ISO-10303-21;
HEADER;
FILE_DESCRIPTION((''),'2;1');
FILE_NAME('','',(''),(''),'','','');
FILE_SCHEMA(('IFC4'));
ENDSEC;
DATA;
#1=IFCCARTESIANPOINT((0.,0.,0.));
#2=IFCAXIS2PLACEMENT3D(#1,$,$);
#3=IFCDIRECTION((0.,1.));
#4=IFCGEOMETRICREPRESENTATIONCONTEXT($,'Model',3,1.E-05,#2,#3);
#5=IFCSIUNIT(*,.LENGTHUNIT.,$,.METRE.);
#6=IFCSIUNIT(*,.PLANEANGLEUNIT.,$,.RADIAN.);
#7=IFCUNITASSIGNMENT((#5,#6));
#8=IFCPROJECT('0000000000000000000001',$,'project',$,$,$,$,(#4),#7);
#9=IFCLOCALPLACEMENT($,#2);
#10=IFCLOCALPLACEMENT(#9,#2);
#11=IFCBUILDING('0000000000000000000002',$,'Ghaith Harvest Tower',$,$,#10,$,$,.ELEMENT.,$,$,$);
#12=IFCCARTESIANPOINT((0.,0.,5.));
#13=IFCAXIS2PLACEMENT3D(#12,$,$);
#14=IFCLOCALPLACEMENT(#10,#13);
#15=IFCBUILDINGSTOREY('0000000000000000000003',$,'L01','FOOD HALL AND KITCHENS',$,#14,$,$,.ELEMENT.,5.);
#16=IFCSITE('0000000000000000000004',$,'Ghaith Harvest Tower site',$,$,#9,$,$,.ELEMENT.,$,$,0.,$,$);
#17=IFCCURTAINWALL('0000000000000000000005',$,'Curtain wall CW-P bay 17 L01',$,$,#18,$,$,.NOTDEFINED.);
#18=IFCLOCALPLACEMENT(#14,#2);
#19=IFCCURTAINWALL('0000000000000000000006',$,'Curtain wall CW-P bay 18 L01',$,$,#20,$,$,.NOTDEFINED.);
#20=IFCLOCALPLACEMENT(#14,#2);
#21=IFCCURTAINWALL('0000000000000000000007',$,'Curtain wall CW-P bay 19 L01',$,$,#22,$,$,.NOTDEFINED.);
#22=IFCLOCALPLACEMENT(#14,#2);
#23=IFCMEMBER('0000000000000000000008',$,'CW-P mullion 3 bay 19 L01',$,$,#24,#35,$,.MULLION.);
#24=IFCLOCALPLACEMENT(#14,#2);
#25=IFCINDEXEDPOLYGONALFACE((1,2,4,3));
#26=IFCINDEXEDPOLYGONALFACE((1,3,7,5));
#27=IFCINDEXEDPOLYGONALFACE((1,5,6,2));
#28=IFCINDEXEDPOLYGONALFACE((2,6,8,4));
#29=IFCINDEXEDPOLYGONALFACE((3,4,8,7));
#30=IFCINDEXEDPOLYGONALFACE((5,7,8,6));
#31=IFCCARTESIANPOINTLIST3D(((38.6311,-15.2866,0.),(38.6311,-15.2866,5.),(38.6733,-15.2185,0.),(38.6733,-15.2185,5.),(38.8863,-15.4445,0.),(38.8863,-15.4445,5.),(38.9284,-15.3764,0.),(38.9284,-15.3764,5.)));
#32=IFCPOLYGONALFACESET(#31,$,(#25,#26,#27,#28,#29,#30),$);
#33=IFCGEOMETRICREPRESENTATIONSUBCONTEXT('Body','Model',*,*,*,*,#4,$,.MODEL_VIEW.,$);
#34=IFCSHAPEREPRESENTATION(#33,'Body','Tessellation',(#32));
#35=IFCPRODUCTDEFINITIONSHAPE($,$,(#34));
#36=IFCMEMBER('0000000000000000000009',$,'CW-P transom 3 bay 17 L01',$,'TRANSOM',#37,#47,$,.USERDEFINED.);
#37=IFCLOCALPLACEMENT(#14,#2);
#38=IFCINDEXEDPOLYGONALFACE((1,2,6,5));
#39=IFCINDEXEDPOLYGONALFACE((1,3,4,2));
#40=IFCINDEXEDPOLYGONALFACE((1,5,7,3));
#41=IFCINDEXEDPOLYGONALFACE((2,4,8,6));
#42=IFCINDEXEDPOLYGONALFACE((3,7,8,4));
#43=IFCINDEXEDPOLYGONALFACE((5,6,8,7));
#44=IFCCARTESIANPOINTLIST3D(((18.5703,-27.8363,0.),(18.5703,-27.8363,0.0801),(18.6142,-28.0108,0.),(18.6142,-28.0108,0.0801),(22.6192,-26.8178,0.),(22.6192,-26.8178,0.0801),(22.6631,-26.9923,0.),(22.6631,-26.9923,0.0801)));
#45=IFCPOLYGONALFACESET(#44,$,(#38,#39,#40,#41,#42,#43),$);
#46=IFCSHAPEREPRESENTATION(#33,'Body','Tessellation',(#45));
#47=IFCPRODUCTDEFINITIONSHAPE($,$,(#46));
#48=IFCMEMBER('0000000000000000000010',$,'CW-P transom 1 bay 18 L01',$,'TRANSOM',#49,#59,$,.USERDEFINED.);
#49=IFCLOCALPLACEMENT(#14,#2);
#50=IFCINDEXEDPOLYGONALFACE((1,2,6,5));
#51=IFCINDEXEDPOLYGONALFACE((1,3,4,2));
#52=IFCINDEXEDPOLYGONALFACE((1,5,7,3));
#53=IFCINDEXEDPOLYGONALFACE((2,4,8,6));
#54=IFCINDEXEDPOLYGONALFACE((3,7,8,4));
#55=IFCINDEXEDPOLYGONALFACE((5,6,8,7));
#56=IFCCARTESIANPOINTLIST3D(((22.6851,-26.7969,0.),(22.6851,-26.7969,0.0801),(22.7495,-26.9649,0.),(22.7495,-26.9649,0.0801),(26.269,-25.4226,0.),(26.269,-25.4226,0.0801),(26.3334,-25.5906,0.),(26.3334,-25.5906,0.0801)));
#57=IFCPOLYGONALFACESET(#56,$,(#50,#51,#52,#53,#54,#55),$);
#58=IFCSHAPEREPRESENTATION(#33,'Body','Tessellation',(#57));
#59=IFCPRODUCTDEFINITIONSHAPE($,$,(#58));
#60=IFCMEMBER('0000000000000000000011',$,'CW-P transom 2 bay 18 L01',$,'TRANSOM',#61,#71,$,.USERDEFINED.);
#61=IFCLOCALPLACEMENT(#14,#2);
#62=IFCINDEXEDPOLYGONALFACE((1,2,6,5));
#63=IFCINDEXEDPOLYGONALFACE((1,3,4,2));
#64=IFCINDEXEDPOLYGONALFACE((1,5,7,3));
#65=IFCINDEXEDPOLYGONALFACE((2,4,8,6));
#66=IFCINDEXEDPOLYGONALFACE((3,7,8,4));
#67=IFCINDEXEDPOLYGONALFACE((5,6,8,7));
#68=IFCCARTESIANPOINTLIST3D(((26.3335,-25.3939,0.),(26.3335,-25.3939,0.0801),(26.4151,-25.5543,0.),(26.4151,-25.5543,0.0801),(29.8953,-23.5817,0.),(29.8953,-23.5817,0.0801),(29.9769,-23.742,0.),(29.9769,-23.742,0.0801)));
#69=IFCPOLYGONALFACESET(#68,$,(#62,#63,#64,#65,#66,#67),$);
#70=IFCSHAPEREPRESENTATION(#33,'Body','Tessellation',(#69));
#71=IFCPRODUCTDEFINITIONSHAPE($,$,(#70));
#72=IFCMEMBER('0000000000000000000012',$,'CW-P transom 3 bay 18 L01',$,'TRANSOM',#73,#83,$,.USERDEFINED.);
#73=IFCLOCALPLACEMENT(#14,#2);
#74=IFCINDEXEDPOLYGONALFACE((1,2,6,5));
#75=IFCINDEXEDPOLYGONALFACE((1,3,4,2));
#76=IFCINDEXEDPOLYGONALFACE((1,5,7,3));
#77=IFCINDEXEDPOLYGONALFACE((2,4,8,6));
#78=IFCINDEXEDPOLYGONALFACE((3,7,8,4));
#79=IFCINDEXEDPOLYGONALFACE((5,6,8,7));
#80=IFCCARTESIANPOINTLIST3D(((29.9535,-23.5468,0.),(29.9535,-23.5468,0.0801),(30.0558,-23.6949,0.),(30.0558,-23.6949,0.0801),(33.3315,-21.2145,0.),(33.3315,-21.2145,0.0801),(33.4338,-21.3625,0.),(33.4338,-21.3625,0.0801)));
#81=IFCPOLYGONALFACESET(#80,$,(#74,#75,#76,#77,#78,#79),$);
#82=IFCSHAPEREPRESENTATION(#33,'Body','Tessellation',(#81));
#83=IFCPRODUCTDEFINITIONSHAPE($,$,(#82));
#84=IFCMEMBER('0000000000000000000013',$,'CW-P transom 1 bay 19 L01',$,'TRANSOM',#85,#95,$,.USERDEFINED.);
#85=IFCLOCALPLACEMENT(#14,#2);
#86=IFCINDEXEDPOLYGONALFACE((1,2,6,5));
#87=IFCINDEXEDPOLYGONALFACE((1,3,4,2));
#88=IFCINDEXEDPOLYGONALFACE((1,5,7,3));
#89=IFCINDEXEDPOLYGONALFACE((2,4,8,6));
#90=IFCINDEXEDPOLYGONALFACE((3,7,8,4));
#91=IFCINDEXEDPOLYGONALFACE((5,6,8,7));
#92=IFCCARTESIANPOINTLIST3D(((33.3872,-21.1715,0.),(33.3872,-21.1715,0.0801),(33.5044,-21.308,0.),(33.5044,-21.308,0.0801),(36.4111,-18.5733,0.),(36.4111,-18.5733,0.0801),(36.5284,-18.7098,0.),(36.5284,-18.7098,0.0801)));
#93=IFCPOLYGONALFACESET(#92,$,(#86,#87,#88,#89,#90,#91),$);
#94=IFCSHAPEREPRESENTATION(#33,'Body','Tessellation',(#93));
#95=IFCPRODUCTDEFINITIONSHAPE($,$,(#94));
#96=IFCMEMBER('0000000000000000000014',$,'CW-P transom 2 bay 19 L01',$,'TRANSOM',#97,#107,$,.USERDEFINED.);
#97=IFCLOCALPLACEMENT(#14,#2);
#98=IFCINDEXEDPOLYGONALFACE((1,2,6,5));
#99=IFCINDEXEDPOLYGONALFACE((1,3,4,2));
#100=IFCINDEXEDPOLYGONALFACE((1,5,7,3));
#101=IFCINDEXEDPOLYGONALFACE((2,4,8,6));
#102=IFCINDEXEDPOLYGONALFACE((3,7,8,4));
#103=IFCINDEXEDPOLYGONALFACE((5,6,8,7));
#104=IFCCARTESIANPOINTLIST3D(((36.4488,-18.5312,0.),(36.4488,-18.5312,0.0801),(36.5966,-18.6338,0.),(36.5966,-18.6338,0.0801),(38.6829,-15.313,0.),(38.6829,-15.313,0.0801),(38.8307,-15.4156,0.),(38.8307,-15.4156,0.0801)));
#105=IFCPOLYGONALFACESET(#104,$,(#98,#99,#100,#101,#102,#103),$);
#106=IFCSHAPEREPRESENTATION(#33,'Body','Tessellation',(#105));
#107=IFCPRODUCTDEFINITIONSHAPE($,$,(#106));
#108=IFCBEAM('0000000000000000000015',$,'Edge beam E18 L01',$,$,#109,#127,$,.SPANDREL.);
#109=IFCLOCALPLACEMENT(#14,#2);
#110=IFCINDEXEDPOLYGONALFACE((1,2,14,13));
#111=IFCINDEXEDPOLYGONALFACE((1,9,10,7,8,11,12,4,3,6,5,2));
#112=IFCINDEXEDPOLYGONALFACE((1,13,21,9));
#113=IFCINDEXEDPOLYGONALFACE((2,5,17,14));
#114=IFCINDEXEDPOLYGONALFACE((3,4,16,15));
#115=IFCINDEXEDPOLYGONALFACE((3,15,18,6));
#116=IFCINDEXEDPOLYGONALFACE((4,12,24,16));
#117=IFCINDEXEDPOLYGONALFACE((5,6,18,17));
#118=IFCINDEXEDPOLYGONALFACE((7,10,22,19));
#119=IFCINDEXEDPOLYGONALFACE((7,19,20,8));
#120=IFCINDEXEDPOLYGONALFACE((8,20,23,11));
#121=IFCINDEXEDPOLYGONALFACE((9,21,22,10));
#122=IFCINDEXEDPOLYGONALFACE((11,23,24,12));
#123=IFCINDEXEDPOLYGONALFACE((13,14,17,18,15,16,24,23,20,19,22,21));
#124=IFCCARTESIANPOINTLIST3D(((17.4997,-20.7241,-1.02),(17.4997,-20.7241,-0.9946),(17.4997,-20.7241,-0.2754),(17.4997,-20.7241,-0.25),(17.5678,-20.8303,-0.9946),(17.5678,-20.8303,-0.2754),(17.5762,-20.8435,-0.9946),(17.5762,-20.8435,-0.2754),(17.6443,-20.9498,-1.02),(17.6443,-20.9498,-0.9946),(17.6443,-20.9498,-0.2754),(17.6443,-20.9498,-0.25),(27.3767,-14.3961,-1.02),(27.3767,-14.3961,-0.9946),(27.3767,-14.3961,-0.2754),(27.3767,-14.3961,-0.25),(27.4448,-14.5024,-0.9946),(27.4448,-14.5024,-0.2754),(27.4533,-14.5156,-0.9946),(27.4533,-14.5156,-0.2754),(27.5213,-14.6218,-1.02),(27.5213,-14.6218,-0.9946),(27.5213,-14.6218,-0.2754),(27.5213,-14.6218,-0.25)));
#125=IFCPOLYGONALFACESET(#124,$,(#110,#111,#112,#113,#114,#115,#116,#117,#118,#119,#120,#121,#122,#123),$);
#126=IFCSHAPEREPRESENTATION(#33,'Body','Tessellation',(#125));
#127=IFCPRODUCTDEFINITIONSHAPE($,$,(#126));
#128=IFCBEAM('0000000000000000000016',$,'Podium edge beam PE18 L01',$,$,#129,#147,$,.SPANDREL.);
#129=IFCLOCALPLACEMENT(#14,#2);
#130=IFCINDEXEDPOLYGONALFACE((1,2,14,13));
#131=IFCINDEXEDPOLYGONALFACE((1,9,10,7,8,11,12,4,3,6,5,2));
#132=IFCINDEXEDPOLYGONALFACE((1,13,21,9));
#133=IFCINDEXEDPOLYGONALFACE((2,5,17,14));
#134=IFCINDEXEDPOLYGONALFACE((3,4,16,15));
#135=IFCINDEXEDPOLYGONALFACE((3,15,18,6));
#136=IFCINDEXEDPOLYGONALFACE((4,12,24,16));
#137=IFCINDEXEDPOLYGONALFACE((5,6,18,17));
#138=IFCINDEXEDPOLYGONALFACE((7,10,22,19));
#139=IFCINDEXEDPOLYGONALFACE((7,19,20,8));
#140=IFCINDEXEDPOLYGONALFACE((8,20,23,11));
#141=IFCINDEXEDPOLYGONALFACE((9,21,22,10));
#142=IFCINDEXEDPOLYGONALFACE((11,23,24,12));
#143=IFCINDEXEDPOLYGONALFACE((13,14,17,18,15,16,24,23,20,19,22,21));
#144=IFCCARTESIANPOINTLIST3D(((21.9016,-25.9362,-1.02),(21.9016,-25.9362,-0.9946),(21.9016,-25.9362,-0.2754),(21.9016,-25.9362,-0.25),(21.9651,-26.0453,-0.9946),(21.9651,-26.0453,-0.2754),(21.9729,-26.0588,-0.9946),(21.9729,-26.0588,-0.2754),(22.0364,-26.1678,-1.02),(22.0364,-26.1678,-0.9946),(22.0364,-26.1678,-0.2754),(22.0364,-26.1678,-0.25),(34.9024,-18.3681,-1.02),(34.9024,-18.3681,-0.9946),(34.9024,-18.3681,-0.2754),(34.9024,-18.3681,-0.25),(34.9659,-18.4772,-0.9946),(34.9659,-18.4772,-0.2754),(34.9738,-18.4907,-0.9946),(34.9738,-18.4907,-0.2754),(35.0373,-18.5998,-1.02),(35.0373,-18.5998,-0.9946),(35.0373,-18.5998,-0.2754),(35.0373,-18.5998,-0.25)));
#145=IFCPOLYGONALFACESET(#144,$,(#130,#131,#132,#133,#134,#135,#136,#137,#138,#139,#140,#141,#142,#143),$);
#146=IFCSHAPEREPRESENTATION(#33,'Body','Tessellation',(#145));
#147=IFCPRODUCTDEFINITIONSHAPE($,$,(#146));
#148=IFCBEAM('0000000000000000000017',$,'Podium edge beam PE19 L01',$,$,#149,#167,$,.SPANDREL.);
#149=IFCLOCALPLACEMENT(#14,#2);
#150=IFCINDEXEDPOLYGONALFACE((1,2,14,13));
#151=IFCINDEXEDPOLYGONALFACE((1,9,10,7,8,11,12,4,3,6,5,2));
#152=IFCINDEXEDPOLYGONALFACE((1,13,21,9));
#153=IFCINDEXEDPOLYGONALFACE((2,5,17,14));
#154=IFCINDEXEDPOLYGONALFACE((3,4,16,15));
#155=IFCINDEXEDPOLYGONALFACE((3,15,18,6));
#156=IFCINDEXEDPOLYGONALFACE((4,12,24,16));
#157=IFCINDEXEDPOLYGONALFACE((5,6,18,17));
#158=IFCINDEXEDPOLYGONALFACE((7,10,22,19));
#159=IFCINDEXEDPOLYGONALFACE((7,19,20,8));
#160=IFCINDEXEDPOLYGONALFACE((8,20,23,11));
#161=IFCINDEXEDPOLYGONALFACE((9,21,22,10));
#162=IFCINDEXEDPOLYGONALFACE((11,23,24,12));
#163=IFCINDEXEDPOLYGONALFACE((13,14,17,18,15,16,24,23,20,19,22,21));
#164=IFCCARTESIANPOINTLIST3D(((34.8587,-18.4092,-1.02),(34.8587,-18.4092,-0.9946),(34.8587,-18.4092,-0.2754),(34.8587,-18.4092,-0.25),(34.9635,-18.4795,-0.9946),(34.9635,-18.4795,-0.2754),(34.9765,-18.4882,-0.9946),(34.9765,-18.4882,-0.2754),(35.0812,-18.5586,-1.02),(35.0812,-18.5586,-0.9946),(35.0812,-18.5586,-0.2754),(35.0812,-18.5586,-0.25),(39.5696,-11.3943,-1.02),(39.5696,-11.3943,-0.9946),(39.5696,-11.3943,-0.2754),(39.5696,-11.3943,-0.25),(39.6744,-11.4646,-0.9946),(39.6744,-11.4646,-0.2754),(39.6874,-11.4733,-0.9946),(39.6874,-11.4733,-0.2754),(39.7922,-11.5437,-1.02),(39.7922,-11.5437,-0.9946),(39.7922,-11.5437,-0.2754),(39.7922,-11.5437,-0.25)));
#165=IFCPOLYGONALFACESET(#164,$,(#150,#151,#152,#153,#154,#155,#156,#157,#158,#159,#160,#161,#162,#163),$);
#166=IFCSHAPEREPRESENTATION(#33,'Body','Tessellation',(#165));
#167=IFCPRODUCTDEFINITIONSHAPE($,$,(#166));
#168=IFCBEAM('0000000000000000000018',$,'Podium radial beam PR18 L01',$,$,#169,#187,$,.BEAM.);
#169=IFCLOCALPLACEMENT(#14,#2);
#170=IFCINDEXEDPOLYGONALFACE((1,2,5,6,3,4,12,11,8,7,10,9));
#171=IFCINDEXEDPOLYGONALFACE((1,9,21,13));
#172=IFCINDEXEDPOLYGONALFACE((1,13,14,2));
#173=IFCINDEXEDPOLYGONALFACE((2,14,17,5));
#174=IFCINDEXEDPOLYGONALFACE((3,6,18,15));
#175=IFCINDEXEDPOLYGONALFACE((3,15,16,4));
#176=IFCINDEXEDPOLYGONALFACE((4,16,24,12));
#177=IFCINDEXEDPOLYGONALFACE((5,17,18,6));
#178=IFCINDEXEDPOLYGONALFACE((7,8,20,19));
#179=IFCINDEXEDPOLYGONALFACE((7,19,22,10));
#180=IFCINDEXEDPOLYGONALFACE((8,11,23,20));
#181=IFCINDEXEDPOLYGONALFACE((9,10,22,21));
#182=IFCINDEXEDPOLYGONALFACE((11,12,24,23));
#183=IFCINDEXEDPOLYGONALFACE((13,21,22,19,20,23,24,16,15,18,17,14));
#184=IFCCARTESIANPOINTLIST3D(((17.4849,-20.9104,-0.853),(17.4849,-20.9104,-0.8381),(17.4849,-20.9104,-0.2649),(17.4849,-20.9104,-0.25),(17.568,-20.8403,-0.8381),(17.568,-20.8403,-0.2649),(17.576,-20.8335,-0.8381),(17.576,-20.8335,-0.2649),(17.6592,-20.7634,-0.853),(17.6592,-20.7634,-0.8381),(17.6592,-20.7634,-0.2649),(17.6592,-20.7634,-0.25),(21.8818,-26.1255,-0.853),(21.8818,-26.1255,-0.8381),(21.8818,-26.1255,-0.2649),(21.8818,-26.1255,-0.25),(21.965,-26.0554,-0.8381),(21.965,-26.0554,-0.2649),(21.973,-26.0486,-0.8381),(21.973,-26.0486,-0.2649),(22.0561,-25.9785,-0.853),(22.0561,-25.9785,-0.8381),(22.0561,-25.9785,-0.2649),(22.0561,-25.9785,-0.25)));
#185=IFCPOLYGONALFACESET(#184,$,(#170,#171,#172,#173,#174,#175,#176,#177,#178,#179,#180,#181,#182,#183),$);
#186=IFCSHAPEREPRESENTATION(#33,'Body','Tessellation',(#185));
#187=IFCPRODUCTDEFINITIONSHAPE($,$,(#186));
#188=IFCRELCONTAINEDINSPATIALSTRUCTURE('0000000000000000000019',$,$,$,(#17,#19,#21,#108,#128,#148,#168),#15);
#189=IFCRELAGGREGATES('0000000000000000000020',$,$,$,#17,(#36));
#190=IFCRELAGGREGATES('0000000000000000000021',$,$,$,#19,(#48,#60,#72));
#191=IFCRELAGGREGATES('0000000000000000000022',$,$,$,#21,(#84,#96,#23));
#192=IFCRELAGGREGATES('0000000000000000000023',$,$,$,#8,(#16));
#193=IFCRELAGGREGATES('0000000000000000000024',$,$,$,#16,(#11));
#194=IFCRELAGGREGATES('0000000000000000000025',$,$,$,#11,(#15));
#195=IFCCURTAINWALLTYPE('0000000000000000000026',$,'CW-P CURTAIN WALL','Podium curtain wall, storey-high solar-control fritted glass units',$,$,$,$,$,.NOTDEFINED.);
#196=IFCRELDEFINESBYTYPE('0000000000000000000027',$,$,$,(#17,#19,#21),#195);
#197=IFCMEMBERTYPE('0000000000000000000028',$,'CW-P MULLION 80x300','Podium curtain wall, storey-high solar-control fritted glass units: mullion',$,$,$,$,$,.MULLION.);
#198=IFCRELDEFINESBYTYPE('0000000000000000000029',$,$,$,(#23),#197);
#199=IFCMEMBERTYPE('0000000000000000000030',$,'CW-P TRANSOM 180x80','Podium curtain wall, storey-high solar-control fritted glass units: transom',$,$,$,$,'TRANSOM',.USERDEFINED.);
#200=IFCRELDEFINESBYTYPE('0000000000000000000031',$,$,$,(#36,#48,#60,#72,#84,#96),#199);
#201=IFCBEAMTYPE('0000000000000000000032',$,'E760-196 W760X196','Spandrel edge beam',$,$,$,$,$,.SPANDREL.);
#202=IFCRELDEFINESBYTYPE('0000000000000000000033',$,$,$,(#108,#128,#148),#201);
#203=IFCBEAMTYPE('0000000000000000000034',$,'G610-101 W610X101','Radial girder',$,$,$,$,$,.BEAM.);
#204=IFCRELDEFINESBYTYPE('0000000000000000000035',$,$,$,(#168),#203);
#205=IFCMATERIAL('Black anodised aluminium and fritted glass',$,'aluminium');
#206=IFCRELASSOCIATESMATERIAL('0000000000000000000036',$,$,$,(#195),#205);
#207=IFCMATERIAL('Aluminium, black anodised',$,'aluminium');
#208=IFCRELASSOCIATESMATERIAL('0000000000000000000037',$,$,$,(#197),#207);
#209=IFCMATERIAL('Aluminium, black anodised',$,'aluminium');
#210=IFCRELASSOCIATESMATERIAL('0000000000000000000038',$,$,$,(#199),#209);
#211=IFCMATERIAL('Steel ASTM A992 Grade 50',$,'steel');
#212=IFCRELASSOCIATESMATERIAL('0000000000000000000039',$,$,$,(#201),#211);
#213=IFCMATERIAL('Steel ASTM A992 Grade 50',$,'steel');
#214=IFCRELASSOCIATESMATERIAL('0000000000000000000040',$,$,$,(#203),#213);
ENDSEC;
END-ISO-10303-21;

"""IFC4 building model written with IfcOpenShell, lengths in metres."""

from ifc_helpers import new_model, si_unit, direction, frame, origin, origin_2d, place, context, subcontext, project, spatial, rectangle, i_section, extrude, material, material_profile, profile_set, type_object, element, aggregate, save


model = new_model("IFC4")

# Units and contexts
model_context = context("Model", 3, precision=1e-05, world=origin(), true_north=direction((0.0, 1.0)))
body_context = subcontext(model_context, "Body", "Model", "MODEL_VIEW")
ifc_project = project(units=[si_unit("LENGTHUNIT", "METRE"), si_unit("PLANEANGLEUNIT", "RADIAN")], contexts=[model_context])

# Site, building, storey
site_placement = place(None, origin())
site = spatial("IfcSite", under=ifc_project, at=site_placement, Name="Ghaith Harvest Tower site", CompositionType="ELEMENT", RefElevation=0.0)
building_placement = place(site_placement, origin())
building = spatial("IfcBuilding", under=site, at=building_placement, Name="Ghaith Harvest Tower", CompositionType="ELEMENT")
storey_placement = place(building_placement, frame((0.0, 0.0, 5.0)))
storey = spatial("IfcBuildingStorey", under=building, at=storey_placement, Name="L01", Description="FOOD HALL AND KITCHENS", CompositionType="ELEMENT", Elevation=5.0)

# Curtain wall
ifc_material_1 = material(Name="Black anodised aluminium and fritted glass", Category="aluminium")
curtain_wall_type = type_object("IfcCurtainWallType", Name="CW-P CURTAIN WALL", Description="Podium curtain wall, storey-high solar-control fritted glass units", PredefinedType="NOTDEFINED", material=ifc_material_1)
curtain_wall_1_placement = place(storey_placement, origin())
curtain_wall_1 = element("IfcCurtainWall", 1, at=curtain_wall_1_placement, inside=storey, type_object=curtain_wall_type, Name="Curtain wall CW-P bay 17 L01", PredefinedType="NOTDEFINED")
ifc_material_2 = material(Name="Aluminium, black anodised", Category="aluminium")
ifc_material_profile_1 = material_profile(ifc_material_2, rectangle(XDim=0.0801, YDim=0.3, at=origin_2d()), Name="CW-P MULLION 80x300")
ifc_profile_set_1 = profile_set([ifc_material_profile_1], Name="Aluminium, black anodised")
member_type_1 = type_object("IfcMemberType", Name="CW-P MULLION 80x300", Description="Podium curtain wall, storey-high solar-control fritted glass units: mullion", PredefinedType="MULLION", material=ifc_profile_set_1)

# Curtain walls, member
curtain_wall_2_placement = place(storey_placement, origin())
curtain_wall_2 = element("IfcCurtainWall", 2, at=curtain_wall_2_placement, inside=storey, type_object=curtain_wall_type, Name="Curtain wall CW-P bay 18 L01", PredefinedType="NOTDEFINED")
curtain_wall_3_placement = place(storey_placement, origin())
curtain_wall_3 = element("IfcCurtainWall", 3, at=curtain_wall_3_placement, inside=storey, type_object=curtain_wall_type, Name="Curtain wall CW-P bay 19 L01", PredefinedType="NOTDEFINED")
member_1_placement = place(storey_placement, frame((38.7798, -15.3315, 0.0), z_axis=(0.0, 0.0, 1.0), x_axis=(0.526227, 0.850344, 0.0)))
member_1 = element("IfcMember", 4, at=member_1_placement, type_object=member_type_1, Name="CW-P mullion 3 bay 19 L01", PredefinedType="MULLION", context=body_context, shape_type="SweptSolid", body=[
    extrude(rectangle(XDim=0.0801, YDim=0.3, at=origin_2d()), origin(), (0.0, 0.0, 1.0), 5.0),
])

# Members
ifc_material_3 = material(Name="Aluminium, black anodised", Category="aluminium")
ifc_material_profile_2 = material_profile(ifc_material_3, rectangle(XDim=0.1799, YDim=0.0801, at=origin_2d()), Name="CW-P TRANSOM 180x80")
ifc_profile_set_2 = profile_set([ifc_material_profile_2], Name="Aluminium, black anodised")
member_type_2 = type_object("IfcMemberType", Name="CW-P TRANSOM 180x80", Description="Podium curtain wall, storey-high solar-control fritted glass units: transom", ElementType="TRANSOM", PredefinedType="USERDEFINED", material=ifc_profile_set_2)
member_2_placement = place(storey_placement, frame((18.5923, -27.9236, 0.04), z_axis=(0.969784, 0.243966, 0.0), x_axis=(-0.243966, 0.969784, 0.0)))
member_2 = element("IfcMember", 5, at=member_2_placement, type_object=member_type_2, Name="CW-P transom 3 bay 17 L01", ObjectType="TRANSOM", PredefinedType="USERDEFINED", context=body_context, shape_type="SweptSolid", body=[
    extrude(rectangle(XDim=0.1799, YDim=0.0801, at=origin_2d()), origin(), (0.0, 0.0, 1.0), 4.175),
])
member_3_placement = place(storey_placement, frame((22.7173, -26.8809, 0.04), z_axis=(0.933711, 0.358028, 0.0), x_axis=(-0.358028, 0.933711, 0.0)))
member_3 = element("IfcMember", 6, at=member_3_placement, type_object=member_type_2, Name="CW-P transom 1 bay 18 L01", ObjectType="TRANSOM", PredefinedType="USERDEFINED", context=body_context, shape_type="SweptSolid", body=[
    extrude(rectangle(XDim=0.1799, YDim=0.0801, at=origin_2d()), origin(), (0.0, 0.0, 1.0), 3.8384),
])
member_4_placement = place(storey_placement, frame((26.3743, -25.4741, 0.04), z_axis=(0.891265, 0.453483, 0.0), x_axis=(-0.453483, 0.891265, 0.0)))
member_4 = element("IfcMember", 7, at=member_4_placement, type_object=member_type_2, Name="CW-P transom 2 bay 18 L01", ObjectType="TRANSOM", PredefinedType="USERDEFINED", context=body_context, shape_type="SweptSolid", body=[
    extrude(rectangle(XDim=0.1799, YDim=0.0801, at=origin_2d()), origin(), (0.0, 0.0, 1.0), 3.9963),
])
member_5_placement = place(storey_placement, frame((30.0046, -23.6208, 0.04), z_axis=(0.822909, 0.568173, 0.0), x_axis=(-0.568173, 0.822909, 0.0)))
member_5 = element("IfcMember", 8, at=member_5_placement, type_object=member_type_2, Name="CW-P transom 3 bay 18 L01", ObjectType="TRANSOM", PredefinedType="USERDEFINED", context=body_context, shape_type="SweptSolid", body=[
    extrude(rectangle(XDim=0.1799, YDim=0.0801, at=origin_2d()), origin(), (0.0, 0.0, 1.0), 4.105),
])
member_6_placement = place(storey_placement, frame((33.4458, -21.2397, 0.04), z_axis=(0.758487, 0.651689, 0.0), x_axis=(-0.651689, 0.758487, 0.0)))
member_6 = element("IfcMember", 9, at=member_6_placement, type_object=member_type_2, Name="CW-P transom 1 bay 19 L01", ObjectType="TRANSOM", PredefinedType="USERDEFINED", context=body_context, shape_type="SweptSolid", body=[
    extrude(rectangle(XDim=0.1799, YDim=0.0801, at=origin_2d()), origin(), (0.0, 0.0, 1.0), 3.9868),
])
member_7_placement = place(storey_placement, frame((36.5227, -18.5825, 0.04), z_axis=(0.570263, 0.821462, 0.0), x_axis=(-0.821462, 0.570263, 0.0)))
member_7 = element("IfcMember", 10, at=member_7_placement, type_object=member_type_2, Name="CW-P transom 2 bay 19 L01", ObjectType="TRANSOM", PredefinedType="USERDEFINED", context=body_context, shape_type="SweptSolid", body=[
    extrude(rectangle(XDim=0.1799, YDim=0.0801, at=origin_2d()), origin(), (0.0, 0.0, 1.0), 3.9177),
])

# Beams
ifc_material_4 = material(Name="Steel ASTM A992 Grade 50", Category="steel")
ifc_material_profile_3 = material_profile(ifc_material_4, i_section(OverallWidth=0.2681, OverallDepth=0.77, WebThickness=0.0156, FlangeThickness=0.0254, at=origin_2d()), Name="W760X196")
ifc_profile_set_3 = profile_set([ifc_material_profile_3], Name="Steel ASTM A992 Grade 50")
beam_type_1 = type_object("IfcBeamType", Name="E760-196 W760X196", Description="Spandrel edge beam", PredefinedType="SPANDREL", material=ifc_profile_set_3)
beam_1_placement = place(storey_placement, frame((17.572, -20.8369, -0.635), z_axis=(0.842015, 0.539455, 0.0), x_axis=(-0.539455, 0.842015, 0.0)))
element("IfcBeam", 11, at=beam_1_placement, inside=storey, type_object=beam_type_1, Name="Edge beam E18 L01", PredefinedType="SPANDREL", context=body_context, shape_type="SweptSolid", body=[
    extrude(i_section(OverallWidth=0.2681, OverallDepth=0.77, WebThickness=0.0156, FlangeThickness=0.0254, at=origin_2d()), origin(), (0.0, 0.0, 1.0), 11.7302),
])
beam_2_placement = place(storey_placement, frame((21.969, -26.052, -0.635), z_axis=(0.864235, 0.503088, 0.0), x_axis=(-0.503088, 0.864235, 0.0)))
element("IfcBeam", 12, at=beam_2_placement, inside=storey, type_object=beam_type_1, Name="Podium edge beam PE18 L01", PredefinedType="SPANDREL", context=body_context, shape_type="SweptSolid", body=[
    extrude(i_section(OverallWidth=0.2681, OverallDepth=0.77, WebThickness=0.0156, FlangeThickness=0.0254, at=origin_2d()), origin(), (0.0, 0.0, 1.0), 15.0432),
])
beam_3_placement = place(storey_placement, frame((34.97, -18.4839, -0.635), z_axis=(0.557511, 0.83017, 0.0), x_axis=(-0.83017, 0.557511, 0.0)))
element("IfcBeam", 13, at=beam_3_placement, inside=storey, type_object=beam_type_1, Name="Podium edge beam PE19 L01", PredefinedType="SPANDREL", context=body_context, shape_type="SweptSolid", body=[
    extrude(i_section(OverallWidth=0.2681, OverallDepth=0.77, WebThickness=0.0156, FlangeThickness=0.0254, at=origin_2d()), origin(), (0.0, 0.0, 1.0), 8.45),
])
ifc_material_5 = material(Name="Steel ASTM A992 Grade 50", Category="steel")
ifc_material_profile_4 = material_profile(ifc_material_5, i_section(OverallWidth=0.228, OverallDepth=0.603, WebThickness=0.0105, FlangeThickness=0.0149, at=origin_2d()), Name="W610X101")
ifc_profile_set_4 = profile_set([ifc_material_profile_4], Name="Steel ASTM A992 Grade 50")
beam_type_2 = type_object("IfcBeamType", Name="G610-101 W610X101", Description="Radial girder", PredefinedType="BEAM", material=ifc_profile_set_4)
beam_4_placement = place(storey_placement, frame((17.572, -20.8369, -0.5515), z_axis=(0.644592, -0.764527, 0.0), x_axis=(0.764527, 0.644592, 0.0)))
element("IfcBeam", 14, at=beam_4_placement, inside=storey, type_object=beam_type_2, Name="Podium radial beam PR18 L01", PredefinedType="BEAM", context=body_context, shape_type="SweptSolid", body=[
    extrude(i_section(OverallWidth=0.228, OverallDepth=0.603, WebThickness=0.0105, FlangeThickness=0.0149, at=origin_2d()), origin(), (0.0, 0.0, 1.0), 6.8213),
])

aggregate(curtain_wall_1, [member_2])
aggregate(curtain_wall_2, [member_3, member_4, member_5])
aggregate(curtain_wall_3, [member_6, member_7, member_1])

save(model, "model.ifc")
